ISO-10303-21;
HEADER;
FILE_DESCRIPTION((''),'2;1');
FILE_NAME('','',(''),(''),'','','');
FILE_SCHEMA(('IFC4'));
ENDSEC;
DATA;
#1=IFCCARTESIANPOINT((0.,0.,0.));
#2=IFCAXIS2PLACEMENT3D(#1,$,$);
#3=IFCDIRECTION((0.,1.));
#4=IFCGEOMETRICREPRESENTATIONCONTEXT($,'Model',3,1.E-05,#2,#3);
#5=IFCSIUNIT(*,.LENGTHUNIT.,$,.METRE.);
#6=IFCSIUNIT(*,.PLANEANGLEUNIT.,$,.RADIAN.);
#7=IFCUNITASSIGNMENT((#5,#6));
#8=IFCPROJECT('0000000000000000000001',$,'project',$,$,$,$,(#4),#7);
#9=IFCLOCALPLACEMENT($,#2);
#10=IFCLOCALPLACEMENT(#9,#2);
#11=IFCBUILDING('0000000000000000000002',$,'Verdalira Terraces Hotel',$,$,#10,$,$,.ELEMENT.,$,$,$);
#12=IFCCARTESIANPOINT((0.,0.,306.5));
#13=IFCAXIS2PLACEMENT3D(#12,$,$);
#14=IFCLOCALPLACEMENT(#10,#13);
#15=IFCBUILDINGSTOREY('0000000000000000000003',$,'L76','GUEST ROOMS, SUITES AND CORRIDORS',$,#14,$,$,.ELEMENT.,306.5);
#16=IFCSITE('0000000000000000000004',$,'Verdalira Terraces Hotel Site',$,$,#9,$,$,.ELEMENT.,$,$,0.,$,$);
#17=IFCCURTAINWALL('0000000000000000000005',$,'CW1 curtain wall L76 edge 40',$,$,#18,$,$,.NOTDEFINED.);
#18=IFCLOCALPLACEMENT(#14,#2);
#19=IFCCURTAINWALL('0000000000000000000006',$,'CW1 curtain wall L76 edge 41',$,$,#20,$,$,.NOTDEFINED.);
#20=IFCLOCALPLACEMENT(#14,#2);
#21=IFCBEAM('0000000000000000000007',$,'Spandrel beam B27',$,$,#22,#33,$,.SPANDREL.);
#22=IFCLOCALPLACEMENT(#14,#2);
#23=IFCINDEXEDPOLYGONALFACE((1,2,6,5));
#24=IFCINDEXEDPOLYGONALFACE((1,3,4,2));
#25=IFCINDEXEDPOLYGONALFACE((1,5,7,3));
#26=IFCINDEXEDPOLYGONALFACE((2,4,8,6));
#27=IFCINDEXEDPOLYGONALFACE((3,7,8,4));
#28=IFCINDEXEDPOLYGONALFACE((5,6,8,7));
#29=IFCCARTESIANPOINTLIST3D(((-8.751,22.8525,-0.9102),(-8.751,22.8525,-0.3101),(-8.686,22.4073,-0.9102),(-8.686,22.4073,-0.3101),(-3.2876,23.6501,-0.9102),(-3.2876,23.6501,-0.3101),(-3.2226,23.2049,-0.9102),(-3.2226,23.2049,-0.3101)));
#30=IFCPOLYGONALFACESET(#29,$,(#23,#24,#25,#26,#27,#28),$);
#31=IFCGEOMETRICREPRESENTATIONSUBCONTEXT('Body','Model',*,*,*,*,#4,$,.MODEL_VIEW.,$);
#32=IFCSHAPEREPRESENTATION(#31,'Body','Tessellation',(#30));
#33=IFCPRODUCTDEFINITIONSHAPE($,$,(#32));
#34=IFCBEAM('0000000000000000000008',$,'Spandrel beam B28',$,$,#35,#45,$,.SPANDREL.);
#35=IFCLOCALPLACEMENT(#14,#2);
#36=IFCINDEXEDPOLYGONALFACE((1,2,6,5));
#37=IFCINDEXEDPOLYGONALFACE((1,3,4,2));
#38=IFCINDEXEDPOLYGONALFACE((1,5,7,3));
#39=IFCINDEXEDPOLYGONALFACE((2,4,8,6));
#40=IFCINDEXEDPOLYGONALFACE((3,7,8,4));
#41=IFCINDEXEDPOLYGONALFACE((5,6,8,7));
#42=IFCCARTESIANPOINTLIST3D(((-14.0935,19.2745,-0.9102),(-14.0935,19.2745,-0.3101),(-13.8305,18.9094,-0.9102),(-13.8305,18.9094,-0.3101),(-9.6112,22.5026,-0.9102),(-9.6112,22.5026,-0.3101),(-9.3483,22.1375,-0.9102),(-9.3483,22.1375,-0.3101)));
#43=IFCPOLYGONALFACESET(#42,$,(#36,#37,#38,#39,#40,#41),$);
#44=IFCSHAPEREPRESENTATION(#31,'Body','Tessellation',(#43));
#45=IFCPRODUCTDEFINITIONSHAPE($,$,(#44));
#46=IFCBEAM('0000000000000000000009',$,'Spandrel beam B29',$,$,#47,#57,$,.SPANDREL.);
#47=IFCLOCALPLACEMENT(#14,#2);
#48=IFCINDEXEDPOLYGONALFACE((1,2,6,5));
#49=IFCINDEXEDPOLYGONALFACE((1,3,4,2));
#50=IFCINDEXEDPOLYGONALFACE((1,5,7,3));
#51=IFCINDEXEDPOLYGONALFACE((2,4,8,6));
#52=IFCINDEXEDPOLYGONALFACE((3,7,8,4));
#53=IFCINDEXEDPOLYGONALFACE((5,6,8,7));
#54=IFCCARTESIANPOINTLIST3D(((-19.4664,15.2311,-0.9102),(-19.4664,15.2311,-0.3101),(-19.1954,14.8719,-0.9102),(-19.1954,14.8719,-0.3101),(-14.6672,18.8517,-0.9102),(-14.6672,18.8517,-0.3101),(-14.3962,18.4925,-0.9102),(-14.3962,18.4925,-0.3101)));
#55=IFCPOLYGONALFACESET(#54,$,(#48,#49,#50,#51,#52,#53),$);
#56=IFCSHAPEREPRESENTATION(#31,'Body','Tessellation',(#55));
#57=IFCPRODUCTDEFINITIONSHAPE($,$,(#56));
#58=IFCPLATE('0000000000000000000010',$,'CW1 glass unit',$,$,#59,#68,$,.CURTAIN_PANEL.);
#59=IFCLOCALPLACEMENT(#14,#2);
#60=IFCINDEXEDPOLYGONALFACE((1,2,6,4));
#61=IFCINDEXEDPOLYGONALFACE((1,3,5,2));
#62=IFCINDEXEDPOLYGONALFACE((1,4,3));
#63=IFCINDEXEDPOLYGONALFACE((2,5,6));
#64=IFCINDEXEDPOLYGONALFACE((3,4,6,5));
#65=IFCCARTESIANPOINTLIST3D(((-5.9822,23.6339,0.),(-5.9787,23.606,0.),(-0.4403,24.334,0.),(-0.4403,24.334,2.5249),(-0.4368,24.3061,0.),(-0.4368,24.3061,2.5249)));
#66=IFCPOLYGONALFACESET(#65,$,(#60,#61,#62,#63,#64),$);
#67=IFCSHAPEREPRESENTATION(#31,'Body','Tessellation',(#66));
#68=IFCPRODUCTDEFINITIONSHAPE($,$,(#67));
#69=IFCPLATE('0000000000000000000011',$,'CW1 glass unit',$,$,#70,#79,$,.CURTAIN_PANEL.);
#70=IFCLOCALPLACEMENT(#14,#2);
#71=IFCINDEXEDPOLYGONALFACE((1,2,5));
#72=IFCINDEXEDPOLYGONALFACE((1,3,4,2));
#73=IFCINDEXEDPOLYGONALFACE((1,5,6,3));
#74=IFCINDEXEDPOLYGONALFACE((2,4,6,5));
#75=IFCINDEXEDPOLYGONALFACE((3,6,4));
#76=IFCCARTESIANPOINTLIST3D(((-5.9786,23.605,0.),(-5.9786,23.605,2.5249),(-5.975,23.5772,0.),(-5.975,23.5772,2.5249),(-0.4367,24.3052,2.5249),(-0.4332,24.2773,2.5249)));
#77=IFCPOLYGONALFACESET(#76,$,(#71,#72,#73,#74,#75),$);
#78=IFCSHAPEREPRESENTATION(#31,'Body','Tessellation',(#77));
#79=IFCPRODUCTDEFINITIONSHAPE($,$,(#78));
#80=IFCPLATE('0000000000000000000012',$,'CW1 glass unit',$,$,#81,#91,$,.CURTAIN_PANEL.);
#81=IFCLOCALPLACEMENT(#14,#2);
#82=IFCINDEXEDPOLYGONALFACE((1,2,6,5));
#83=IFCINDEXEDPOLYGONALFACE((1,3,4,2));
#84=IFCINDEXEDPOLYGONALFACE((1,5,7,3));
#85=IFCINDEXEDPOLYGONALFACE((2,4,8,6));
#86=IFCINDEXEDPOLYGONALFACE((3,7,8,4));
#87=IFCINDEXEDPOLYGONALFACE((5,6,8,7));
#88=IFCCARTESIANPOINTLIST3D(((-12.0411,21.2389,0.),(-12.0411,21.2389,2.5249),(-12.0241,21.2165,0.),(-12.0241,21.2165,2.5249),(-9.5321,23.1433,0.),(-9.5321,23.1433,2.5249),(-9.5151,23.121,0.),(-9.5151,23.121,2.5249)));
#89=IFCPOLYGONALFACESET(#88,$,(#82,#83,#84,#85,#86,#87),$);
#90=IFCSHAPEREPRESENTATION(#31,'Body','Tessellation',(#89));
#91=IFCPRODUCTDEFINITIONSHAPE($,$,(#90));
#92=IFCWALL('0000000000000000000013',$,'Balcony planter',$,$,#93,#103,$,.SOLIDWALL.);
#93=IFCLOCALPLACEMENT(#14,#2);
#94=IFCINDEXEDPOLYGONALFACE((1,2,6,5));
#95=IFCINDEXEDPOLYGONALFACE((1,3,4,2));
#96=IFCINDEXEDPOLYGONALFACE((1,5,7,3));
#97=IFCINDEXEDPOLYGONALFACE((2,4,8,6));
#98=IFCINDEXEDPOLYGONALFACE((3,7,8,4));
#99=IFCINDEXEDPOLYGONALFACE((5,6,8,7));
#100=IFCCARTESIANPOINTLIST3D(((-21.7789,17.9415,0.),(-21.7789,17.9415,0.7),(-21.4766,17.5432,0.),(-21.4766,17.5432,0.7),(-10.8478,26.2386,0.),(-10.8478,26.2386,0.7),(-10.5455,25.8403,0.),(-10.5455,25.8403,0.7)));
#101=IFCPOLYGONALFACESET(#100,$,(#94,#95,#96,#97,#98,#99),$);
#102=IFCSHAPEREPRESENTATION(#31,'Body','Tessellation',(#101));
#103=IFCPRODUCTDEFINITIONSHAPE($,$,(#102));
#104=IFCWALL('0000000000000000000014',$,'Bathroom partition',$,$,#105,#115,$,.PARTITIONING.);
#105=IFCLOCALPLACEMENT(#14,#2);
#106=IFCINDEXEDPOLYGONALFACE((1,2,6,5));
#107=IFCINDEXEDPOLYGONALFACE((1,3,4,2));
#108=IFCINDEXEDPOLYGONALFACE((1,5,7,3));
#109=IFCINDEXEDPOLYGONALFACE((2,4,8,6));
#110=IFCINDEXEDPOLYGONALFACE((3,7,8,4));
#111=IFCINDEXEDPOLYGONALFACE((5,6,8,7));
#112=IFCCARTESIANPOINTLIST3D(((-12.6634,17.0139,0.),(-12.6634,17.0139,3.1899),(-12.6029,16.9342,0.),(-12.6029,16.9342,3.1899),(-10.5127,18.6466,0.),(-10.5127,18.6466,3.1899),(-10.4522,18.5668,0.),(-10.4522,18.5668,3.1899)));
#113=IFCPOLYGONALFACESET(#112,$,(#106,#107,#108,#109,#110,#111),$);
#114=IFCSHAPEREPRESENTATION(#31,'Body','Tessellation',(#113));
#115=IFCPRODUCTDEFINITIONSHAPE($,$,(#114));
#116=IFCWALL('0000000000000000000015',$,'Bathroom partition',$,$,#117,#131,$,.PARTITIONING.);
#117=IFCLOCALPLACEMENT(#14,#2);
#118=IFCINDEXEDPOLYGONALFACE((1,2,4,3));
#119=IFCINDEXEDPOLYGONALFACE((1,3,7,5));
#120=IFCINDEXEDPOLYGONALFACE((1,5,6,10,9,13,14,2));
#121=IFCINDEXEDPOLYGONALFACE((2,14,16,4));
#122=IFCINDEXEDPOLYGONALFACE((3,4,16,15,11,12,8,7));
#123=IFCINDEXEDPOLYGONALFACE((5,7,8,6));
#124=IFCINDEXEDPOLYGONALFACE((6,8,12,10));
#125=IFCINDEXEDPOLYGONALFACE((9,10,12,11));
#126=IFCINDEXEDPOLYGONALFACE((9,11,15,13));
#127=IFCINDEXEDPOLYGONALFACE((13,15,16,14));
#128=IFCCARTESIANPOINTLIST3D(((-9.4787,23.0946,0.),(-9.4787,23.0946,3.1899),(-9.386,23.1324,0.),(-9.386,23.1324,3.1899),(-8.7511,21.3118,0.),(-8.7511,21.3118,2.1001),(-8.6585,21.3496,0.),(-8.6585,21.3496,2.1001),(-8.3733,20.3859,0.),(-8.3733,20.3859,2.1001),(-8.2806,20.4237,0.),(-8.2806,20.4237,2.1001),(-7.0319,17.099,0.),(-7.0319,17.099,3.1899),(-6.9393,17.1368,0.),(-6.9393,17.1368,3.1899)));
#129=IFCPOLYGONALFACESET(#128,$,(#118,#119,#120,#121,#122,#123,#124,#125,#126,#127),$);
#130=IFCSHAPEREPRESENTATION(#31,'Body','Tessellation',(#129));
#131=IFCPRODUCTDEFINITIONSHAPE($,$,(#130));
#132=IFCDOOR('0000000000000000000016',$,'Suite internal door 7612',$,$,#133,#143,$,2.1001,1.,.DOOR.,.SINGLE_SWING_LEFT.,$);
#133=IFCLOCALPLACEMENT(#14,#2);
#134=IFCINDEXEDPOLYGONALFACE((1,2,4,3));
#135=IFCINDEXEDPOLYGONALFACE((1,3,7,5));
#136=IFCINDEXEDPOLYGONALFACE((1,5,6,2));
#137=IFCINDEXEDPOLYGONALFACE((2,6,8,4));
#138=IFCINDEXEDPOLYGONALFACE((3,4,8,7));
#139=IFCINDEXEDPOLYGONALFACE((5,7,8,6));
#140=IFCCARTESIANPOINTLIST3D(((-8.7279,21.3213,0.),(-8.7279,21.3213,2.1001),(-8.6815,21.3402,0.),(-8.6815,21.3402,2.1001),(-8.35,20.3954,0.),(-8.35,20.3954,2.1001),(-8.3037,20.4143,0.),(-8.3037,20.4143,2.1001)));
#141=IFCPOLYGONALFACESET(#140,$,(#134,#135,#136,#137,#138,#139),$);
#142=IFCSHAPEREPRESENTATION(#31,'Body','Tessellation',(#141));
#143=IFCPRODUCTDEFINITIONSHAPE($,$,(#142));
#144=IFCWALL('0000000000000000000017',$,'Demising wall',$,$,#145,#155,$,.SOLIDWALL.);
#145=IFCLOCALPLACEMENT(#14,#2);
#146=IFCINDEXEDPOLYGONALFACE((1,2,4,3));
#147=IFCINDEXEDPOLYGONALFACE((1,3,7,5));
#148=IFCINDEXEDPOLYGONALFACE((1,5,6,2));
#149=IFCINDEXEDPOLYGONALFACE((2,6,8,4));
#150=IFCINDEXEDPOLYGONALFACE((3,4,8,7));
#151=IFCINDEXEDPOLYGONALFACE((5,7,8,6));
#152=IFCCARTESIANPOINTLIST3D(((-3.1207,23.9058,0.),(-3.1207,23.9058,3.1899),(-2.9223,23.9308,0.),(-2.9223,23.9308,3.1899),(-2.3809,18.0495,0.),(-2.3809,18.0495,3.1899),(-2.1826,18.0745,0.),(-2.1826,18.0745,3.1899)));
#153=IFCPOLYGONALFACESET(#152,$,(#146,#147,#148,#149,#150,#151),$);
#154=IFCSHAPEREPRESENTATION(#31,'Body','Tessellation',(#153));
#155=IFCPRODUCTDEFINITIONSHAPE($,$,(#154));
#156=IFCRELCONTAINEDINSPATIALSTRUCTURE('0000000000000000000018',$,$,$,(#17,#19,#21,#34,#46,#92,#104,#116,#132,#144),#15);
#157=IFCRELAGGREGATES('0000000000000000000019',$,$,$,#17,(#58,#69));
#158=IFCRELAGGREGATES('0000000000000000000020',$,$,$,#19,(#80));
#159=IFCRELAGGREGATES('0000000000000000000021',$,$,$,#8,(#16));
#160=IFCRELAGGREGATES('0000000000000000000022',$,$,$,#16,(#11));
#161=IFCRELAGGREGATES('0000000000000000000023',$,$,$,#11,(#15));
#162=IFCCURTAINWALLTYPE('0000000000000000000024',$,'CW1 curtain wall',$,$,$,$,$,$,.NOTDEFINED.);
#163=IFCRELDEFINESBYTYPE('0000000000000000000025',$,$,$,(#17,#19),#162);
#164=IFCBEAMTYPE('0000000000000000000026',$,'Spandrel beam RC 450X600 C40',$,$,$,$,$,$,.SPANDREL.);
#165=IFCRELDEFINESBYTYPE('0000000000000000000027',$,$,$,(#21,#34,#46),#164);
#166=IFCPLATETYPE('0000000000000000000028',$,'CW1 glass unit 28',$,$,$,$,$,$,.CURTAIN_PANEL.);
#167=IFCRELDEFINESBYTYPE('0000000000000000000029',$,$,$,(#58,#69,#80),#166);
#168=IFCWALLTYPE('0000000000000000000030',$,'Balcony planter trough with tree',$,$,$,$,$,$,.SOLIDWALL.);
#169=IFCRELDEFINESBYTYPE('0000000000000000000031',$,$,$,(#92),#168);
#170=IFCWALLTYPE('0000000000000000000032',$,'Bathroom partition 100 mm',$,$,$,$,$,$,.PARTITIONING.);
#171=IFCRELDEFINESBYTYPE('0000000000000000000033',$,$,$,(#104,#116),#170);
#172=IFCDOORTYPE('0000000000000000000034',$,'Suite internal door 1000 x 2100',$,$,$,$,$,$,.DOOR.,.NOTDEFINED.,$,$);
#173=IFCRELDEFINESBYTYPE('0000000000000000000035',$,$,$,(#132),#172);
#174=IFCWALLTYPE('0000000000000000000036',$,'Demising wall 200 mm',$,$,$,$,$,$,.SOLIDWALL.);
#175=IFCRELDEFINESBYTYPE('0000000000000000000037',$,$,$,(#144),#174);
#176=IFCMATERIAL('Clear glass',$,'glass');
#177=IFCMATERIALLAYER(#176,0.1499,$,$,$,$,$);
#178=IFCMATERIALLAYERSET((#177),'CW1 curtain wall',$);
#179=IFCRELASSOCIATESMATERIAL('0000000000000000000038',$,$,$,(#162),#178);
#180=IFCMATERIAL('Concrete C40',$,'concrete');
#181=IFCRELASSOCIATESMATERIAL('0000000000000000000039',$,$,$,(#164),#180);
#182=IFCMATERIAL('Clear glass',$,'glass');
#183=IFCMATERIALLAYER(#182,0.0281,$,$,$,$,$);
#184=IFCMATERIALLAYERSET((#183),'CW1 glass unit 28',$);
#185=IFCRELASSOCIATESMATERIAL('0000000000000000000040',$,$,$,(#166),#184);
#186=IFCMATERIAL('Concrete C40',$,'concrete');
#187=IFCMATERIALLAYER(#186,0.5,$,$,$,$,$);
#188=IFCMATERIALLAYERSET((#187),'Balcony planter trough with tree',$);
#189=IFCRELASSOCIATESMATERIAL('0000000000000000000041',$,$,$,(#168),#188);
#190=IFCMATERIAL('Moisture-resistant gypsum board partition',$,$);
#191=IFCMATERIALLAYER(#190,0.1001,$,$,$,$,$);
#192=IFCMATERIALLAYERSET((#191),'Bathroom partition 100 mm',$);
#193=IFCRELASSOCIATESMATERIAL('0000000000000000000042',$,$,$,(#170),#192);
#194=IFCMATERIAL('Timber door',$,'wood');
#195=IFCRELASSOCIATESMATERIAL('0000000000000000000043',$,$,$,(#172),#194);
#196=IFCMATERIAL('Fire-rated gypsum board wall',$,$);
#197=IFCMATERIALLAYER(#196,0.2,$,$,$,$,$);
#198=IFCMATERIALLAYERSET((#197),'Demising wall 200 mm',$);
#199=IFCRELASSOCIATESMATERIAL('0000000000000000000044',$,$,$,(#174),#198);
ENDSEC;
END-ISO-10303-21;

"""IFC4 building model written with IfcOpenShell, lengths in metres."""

from ifc_helpers import new_model, si_unit, direction, frame, frame_2d, origin, origin_2d, place, context, subcontext, project, spatial, polyline, rectangle, outline, extrude, material, layer, layer_set, material_profile, profile_set, type_object, element, fill, aggregate, save


model = new_model("IFC4")

# Units and contexts
model_context = context("Model", 3, precision=1e-05, world=origin(), true_north=direction((0.0, 1.0)))
body_context = subcontext(model_context, "Body", "Model", "MODEL_VIEW")
ifc_project = project(units=[si_unit("LENGTHUNIT", "METRE"), si_unit("PLANEANGLEUNIT", "RADIAN")], contexts=[model_context])

# Site, building, storey
site_placement = place(None, origin())
site = spatial("IfcSite", under=ifc_project, at=site_placement, Name="Verdalira Terraces Hotel Site", CompositionType="ELEMENT", RefElevation=0.0)
building_placement = place(site_placement, origin())
building = spatial("IfcBuilding", under=site, at=building_placement, Name="Verdalira Terraces Hotel", CompositionType="ELEMENT")
storey_placement = place(building_placement, frame((0.0, 0.0, 306.5)))
storey = spatial("IfcBuildingStorey", under=building, at=storey_placement, Name="L76", Description="GUEST ROOMS, SUITES AND CORRIDORS", CompositionType="ELEMENT", Elevation=306.5)

# Curtain wall
ifc_material_1 = material(Name="Clear glass", Category="glass")
ifc_layer_1 = layer(ifc_material_1, 0.1499)
ifc_layer_set_1 = layer_set([ifc_layer_1], Name="CW1 curtain wall")
curtain_wall_type = type_object("IfcCurtainWallType", Name="CW1 curtain wall", PredefinedType="NOTDEFINED", material=ifc_layer_set_1)
curtain_wall_1_placement = place(storey_placement, origin())
curtain_wall_1 = element("IfcCurtainWall", 1, at=curtain_wall_1_placement, inside=storey, type_object=curtain_wall_type, Name="CW1 curtain wall L76 edge 40", PredefinedType="NOTDEFINED")

# Curtain wall
curtain_wall_2_placement = place(storey_placement, origin())
curtain_wall_2 = element("IfcCurtainWall", 2, at=curtain_wall_2_placement, inside=storey, type_object=curtain_wall_type, Name="CW1 curtain wall L76 edge 41", PredefinedType="NOTDEFINED")

# Beams
ifc_material_2 = material(Name="Concrete C40", Category="concrete")
ifc_material_profile_1 = material_profile(ifc_material_2, rectangle(XDim=0.45, YDim=0.6001, at=origin_2d()), Name="RC 450X600")
ifc_profile_set_1 = profile_set([ifc_material_profile_1], Name="Concrete C40")
beam_type_1 = type_object("IfcBeamType", Name="Spandrel beam RC 450X600 C40", PredefinedType="SPANDREL", material=ifc_profile_set_1)
beam_1_placement = place(storey_placement, frame((-3.2551, 23.4275, -0.6101), z_axis=(-0.989511, -0.14446, 0.0), x_axis=(0.14446, -0.989511, 0.0)))
element("IfcBeam", 3, at=beam_1_placement, inside=storey, type_object=beam_type_1, Name="Spandrel beam B27", PredefinedType="SPANDREL", context=body_context, shape_type="SweptSolid", body=[
    extrude(rectangle(XDim=0.45, YDim=0.6001, at=origin_2d()), origin(), (0.0, 0.0, 1.0), 5.5212),
])
beam_2_placement = place(storey_placement, frame((-9.4797, 22.3201, -0.6101), z_axis=(-0.811461, -0.584407, 0.0), x_axis=(0.584407, -0.811461, 0.0)))
element("IfcBeam", 4, at=beam_2_placement, inside=storey, type_object=beam_type_1, Name="Spandrel beam B28", PredefinedType="SPANDREL", context=body_context, shape_type="SweptSolid", body=[
    extrude(rectangle(XDim=0.45, YDim=0.6001, at=origin_2d()), origin(), (0.0, 0.0, 1.0), 5.5237),
])
beam_3_placement = place(storey_placement, frame((-14.5317, 18.6721, -0.6101), z_axis=(-0.798296, -0.602265, 0.0), x_axis=(0.602265, -0.798296, 0.0)))
element("IfcBeam", 5, at=beam_3_placement, inside=storey, type_object=beam_type_1, Name="Spandrel beam B29", PredefinedType="SPANDREL", context=body_context, shape_type="SweptSolid", body=[
    extrude(rectangle(XDim=0.45, YDim=0.6001, at=origin_2d()), origin(), (0.0, 0.0, 1.0), 6.0117),
])

# Plates
ifc_material_3 = material(Name="Clear glass", Category="glass")
ifc_layer_2 = layer(ifc_material_3, 0.0281)
ifc_layer_set_2 = layer_set([ifc_layer_2], Name="CW1 glass unit 28")
plate_type = type_object("IfcPlateType", Name="CW1 glass unit 28", PredefinedType="CURTAIN_PANEL", material=ifc_layer_set_2)
plate_1_placement = place(storey_placement, frame((-3.2078, 23.9561, 1.2625), z_axis=(-0.125333, 0.992115, 0.0), x_axis=(-0.992115, -0.125333, 0.0)))
plate_1 = element("IfcPlate", 6, at=plate_1_placement, type_object=plate_type, Name="CW1 glass unit", PredefinedType="CURTAIN_PANEL", context=body_context, shape_type="SweptSolid", body=[
    extrude(outline(polyline([(-2.793, -1.2625), (2.793, -1.2625), (-2.793, 1.2625), (-2.793, -1.2625)])), origin(), (0.0, 0.0, 1.0), 0.0281),
])
plate_2_placement = place(storey_placement, frame((-3.2041, 23.9272, 1.2625), z_axis=(-0.125333, 0.992115, 0.0), x_axis=(-0.992115, -0.125333, 0.0)))
plate_2 = element("IfcPlate", 7, at=plate_2_placement, type_object=plate_type, Name="CW1 glass unit", PredefinedType="CURTAIN_PANEL", context=body_context, shape_type="SweptSolid", body=[
    extrude(outline(polyline([(2.793, -1.2625), (2.793, 1.2625), (-2.793, 1.2625), (2.793, -1.2625)])), origin(), (0.0, 0.0, 1.0), 0.0281),
])
aggregate(curtain_wall_1, [plate_1, plate_2])
plate_3_placement = place(storey_placement, frame((-10.7781, 22.1799, 0.0), z_axis=(0.0, 0.0, 1.0), x_axis=(-0.79653, -0.604599, 0.0)))
plate_3 = element("IfcPlate", 8, at=plate_3_placement, type_object=plate_type, Name="CW1 glass unit", PredefinedType="CURTAIN_PANEL", context=body_context, shape_type="SweptSolid", body=[
    extrude(rectangle(XDim=3.1499, YDim=0.0281, at=origin_2d()), origin(), (0.0, 0.0, 1.0), 2.5249),
])
aggregate(curtain_wall_2, [plate_3])

# Walls
ifc_material_4 = material(Name="Concrete C40", Category="concrete")
ifc_layer_3 = layer(ifc_material_4, 0.5)
ifc_layer_set_3 = layer_set([ifc_layer_3], Name="Balcony planter trough with tree")
wall_type_1 = type_object("IfcWallType", Name="Balcony planter trough with tree", PredefinedType="SOLIDWALL", material=ifc_layer_set_3)
wall_1_placement = place(storey_placement, frame((-10.6965, 26.0396, 0.0), z_axis=(0.0, 0.0, 1.0), x_axis=(-0.796533, -0.604596, 0.0)))
element("IfcWall", 9, at=wall_1_placement, inside=storey, type_object=wall_type_1, Name="Balcony planter", PredefinedType="SOLIDWALL", context=body_context, shape_type="SweptSolid", body=[
    extrude(rectangle(XDim=13.7234, YDim=0.5, at=frame_2d((6.8618, 0.0))), origin(), (0.0, 0.0, 1.0), 0.7),
])
ifc_material_5 = material(Name="Moisture-resistant gypsum board partition")
ifc_layer_4 = layer(ifc_material_5, 0.1001)
ifc_layer_set_4 = layer_set([ifc_layer_4], Name="Bathroom partition 100 mm")
wall_type_2 = type_object("IfcWallType", Name="Bathroom partition 100 mm", PredefinedType="PARTITIONING", material=ifc_layer_set_4)
wall_2_placement = place(storey_placement, frame((-10.4824, 18.6067, 0.0), z_axis=(0.0, 0.0, 1.0), x_axis=(-0.796504, -0.604634, 0.0)))
element("IfcWall", 10, at=wall_2_placement, inside=storey, type_object=wall_type_2, Name="Bathroom partition", PredefinedType="PARTITIONING", context=body_context, shape_type="SweptSolid", body=[
    extrude(rectangle(XDim=2.7002, YDim=0.1001, at=frame_2d((1.3501, 0.0))), origin(), (0.0, 0.0, 1.0), 3.1899),
])

# Wall, opening, door
wall_3_placement = place(storey_placement, frame((-6.9856, 17.1179, 0.0), z_axis=(0.0, 0.0, 1.0), x_axis=(-0.377843, 0.92587, 0.0)))
wall_3 = element("IfcWall", 11, at=wall_3_placement, inside=storey, type_object=wall_type_2, Name="Bathroom partition", PredefinedType="PARTITIONING", context=body_context, shape_type="SweptSolid", body=[
    extrude(rectangle(XDim=6.4756, YDim=0.1001, at=frame_2d((3.2378, 0.0))), origin(), (0.0, 0.0, 1.0), 3.1899),
])
opening_1_placement = place(wall_3_placement, frame((3.55, 0.0, 0.0)))
opening_1 = element("IfcOpeningElement", 12, at=opening_1_placement, cuts=wall_3, PredefinedType="OPENING", context=body_context, shape_type="SweptSolid", body=[
    extrude(rectangle(XDim=1.0, YDim=2.1001, at=frame_2d((0.5, 1.05))), frame((0.0, 0.0601, 0.0), z_axis=(0.0, -1.0, 0.0), x_axis=(1.0, 0.0, 0.0)), (0.0, 0.0, 1.0), 0.1201),
])
ifc_material_6 = material(Name="Timber door", Category="wood")
door_type_1 = type_object("IfcDoorType", Name="Suite internal door 1000 x 2100", OperationType="NOTDEFINED", PredefinedType="DOOR", material=ifc_material_6)
door_1_placement = place(opening_1_placement, origin())
door_1 = element("IfcDoor", 13, at=door_1_placement, inside=storey, type_object=door_type_1, Name="Suite internal door 7612", OperationType="SINGLE_SWING_LEFT", OverallHeight=2.1001, OverallWidth=1.0, PredefinedType="DOOR", context=body_context, shape_type="SweptSolid", body=[
    extrude(rectangle(XDim=1.0, YDim=2.1001, at=frame_2d((0.5, 1.05))), frame((0.0, 0.0249, 0.0), z_axis=(0.0, -1.0, 0.0), x_axis=(1.0, 0.0, 0.0)), (0.0, 0.0, 1.0), 0.05),
])
fill(opening_1, door_1)

# Wall
ifc_material_7 = material(Name="Fire-rated gypsum board wall")
ifc_layer_5 = layer(ifc_material_7, 0.2)
ifc_layer_set_5 = layer_set([ifc_layer_5], Name="Demising wall 200 mm")
wall_type_3 = type_object("IfcWallType", Name="Demising wall 200 mm", PredefinedType="SOLIDWALL", material=ifc_layer_set_5)
wall_4_placement = place(storey_placement, frame((-2.2817, 18.062, 0.0), z_axis=(0.0, 0.0, 1.0), x_axis=(-0.125323, 0.992116, 0.0)))
element("IfcWall", 14, at=wall_4_placement, inside=storey, type_object=wall_type_3, Name="Demising wall", PredefinedType="SOLIDWALL", context=body_context, shape_type="SweptSolid", body=[
    extrude(rectangle(XDim=5.9028, YDim=0.2, at=frame_2d((2.9514, 0.0))), origin(), (0.0, 0.0, 1.0), 3.1899),
])

save(model, "model.ifc")
